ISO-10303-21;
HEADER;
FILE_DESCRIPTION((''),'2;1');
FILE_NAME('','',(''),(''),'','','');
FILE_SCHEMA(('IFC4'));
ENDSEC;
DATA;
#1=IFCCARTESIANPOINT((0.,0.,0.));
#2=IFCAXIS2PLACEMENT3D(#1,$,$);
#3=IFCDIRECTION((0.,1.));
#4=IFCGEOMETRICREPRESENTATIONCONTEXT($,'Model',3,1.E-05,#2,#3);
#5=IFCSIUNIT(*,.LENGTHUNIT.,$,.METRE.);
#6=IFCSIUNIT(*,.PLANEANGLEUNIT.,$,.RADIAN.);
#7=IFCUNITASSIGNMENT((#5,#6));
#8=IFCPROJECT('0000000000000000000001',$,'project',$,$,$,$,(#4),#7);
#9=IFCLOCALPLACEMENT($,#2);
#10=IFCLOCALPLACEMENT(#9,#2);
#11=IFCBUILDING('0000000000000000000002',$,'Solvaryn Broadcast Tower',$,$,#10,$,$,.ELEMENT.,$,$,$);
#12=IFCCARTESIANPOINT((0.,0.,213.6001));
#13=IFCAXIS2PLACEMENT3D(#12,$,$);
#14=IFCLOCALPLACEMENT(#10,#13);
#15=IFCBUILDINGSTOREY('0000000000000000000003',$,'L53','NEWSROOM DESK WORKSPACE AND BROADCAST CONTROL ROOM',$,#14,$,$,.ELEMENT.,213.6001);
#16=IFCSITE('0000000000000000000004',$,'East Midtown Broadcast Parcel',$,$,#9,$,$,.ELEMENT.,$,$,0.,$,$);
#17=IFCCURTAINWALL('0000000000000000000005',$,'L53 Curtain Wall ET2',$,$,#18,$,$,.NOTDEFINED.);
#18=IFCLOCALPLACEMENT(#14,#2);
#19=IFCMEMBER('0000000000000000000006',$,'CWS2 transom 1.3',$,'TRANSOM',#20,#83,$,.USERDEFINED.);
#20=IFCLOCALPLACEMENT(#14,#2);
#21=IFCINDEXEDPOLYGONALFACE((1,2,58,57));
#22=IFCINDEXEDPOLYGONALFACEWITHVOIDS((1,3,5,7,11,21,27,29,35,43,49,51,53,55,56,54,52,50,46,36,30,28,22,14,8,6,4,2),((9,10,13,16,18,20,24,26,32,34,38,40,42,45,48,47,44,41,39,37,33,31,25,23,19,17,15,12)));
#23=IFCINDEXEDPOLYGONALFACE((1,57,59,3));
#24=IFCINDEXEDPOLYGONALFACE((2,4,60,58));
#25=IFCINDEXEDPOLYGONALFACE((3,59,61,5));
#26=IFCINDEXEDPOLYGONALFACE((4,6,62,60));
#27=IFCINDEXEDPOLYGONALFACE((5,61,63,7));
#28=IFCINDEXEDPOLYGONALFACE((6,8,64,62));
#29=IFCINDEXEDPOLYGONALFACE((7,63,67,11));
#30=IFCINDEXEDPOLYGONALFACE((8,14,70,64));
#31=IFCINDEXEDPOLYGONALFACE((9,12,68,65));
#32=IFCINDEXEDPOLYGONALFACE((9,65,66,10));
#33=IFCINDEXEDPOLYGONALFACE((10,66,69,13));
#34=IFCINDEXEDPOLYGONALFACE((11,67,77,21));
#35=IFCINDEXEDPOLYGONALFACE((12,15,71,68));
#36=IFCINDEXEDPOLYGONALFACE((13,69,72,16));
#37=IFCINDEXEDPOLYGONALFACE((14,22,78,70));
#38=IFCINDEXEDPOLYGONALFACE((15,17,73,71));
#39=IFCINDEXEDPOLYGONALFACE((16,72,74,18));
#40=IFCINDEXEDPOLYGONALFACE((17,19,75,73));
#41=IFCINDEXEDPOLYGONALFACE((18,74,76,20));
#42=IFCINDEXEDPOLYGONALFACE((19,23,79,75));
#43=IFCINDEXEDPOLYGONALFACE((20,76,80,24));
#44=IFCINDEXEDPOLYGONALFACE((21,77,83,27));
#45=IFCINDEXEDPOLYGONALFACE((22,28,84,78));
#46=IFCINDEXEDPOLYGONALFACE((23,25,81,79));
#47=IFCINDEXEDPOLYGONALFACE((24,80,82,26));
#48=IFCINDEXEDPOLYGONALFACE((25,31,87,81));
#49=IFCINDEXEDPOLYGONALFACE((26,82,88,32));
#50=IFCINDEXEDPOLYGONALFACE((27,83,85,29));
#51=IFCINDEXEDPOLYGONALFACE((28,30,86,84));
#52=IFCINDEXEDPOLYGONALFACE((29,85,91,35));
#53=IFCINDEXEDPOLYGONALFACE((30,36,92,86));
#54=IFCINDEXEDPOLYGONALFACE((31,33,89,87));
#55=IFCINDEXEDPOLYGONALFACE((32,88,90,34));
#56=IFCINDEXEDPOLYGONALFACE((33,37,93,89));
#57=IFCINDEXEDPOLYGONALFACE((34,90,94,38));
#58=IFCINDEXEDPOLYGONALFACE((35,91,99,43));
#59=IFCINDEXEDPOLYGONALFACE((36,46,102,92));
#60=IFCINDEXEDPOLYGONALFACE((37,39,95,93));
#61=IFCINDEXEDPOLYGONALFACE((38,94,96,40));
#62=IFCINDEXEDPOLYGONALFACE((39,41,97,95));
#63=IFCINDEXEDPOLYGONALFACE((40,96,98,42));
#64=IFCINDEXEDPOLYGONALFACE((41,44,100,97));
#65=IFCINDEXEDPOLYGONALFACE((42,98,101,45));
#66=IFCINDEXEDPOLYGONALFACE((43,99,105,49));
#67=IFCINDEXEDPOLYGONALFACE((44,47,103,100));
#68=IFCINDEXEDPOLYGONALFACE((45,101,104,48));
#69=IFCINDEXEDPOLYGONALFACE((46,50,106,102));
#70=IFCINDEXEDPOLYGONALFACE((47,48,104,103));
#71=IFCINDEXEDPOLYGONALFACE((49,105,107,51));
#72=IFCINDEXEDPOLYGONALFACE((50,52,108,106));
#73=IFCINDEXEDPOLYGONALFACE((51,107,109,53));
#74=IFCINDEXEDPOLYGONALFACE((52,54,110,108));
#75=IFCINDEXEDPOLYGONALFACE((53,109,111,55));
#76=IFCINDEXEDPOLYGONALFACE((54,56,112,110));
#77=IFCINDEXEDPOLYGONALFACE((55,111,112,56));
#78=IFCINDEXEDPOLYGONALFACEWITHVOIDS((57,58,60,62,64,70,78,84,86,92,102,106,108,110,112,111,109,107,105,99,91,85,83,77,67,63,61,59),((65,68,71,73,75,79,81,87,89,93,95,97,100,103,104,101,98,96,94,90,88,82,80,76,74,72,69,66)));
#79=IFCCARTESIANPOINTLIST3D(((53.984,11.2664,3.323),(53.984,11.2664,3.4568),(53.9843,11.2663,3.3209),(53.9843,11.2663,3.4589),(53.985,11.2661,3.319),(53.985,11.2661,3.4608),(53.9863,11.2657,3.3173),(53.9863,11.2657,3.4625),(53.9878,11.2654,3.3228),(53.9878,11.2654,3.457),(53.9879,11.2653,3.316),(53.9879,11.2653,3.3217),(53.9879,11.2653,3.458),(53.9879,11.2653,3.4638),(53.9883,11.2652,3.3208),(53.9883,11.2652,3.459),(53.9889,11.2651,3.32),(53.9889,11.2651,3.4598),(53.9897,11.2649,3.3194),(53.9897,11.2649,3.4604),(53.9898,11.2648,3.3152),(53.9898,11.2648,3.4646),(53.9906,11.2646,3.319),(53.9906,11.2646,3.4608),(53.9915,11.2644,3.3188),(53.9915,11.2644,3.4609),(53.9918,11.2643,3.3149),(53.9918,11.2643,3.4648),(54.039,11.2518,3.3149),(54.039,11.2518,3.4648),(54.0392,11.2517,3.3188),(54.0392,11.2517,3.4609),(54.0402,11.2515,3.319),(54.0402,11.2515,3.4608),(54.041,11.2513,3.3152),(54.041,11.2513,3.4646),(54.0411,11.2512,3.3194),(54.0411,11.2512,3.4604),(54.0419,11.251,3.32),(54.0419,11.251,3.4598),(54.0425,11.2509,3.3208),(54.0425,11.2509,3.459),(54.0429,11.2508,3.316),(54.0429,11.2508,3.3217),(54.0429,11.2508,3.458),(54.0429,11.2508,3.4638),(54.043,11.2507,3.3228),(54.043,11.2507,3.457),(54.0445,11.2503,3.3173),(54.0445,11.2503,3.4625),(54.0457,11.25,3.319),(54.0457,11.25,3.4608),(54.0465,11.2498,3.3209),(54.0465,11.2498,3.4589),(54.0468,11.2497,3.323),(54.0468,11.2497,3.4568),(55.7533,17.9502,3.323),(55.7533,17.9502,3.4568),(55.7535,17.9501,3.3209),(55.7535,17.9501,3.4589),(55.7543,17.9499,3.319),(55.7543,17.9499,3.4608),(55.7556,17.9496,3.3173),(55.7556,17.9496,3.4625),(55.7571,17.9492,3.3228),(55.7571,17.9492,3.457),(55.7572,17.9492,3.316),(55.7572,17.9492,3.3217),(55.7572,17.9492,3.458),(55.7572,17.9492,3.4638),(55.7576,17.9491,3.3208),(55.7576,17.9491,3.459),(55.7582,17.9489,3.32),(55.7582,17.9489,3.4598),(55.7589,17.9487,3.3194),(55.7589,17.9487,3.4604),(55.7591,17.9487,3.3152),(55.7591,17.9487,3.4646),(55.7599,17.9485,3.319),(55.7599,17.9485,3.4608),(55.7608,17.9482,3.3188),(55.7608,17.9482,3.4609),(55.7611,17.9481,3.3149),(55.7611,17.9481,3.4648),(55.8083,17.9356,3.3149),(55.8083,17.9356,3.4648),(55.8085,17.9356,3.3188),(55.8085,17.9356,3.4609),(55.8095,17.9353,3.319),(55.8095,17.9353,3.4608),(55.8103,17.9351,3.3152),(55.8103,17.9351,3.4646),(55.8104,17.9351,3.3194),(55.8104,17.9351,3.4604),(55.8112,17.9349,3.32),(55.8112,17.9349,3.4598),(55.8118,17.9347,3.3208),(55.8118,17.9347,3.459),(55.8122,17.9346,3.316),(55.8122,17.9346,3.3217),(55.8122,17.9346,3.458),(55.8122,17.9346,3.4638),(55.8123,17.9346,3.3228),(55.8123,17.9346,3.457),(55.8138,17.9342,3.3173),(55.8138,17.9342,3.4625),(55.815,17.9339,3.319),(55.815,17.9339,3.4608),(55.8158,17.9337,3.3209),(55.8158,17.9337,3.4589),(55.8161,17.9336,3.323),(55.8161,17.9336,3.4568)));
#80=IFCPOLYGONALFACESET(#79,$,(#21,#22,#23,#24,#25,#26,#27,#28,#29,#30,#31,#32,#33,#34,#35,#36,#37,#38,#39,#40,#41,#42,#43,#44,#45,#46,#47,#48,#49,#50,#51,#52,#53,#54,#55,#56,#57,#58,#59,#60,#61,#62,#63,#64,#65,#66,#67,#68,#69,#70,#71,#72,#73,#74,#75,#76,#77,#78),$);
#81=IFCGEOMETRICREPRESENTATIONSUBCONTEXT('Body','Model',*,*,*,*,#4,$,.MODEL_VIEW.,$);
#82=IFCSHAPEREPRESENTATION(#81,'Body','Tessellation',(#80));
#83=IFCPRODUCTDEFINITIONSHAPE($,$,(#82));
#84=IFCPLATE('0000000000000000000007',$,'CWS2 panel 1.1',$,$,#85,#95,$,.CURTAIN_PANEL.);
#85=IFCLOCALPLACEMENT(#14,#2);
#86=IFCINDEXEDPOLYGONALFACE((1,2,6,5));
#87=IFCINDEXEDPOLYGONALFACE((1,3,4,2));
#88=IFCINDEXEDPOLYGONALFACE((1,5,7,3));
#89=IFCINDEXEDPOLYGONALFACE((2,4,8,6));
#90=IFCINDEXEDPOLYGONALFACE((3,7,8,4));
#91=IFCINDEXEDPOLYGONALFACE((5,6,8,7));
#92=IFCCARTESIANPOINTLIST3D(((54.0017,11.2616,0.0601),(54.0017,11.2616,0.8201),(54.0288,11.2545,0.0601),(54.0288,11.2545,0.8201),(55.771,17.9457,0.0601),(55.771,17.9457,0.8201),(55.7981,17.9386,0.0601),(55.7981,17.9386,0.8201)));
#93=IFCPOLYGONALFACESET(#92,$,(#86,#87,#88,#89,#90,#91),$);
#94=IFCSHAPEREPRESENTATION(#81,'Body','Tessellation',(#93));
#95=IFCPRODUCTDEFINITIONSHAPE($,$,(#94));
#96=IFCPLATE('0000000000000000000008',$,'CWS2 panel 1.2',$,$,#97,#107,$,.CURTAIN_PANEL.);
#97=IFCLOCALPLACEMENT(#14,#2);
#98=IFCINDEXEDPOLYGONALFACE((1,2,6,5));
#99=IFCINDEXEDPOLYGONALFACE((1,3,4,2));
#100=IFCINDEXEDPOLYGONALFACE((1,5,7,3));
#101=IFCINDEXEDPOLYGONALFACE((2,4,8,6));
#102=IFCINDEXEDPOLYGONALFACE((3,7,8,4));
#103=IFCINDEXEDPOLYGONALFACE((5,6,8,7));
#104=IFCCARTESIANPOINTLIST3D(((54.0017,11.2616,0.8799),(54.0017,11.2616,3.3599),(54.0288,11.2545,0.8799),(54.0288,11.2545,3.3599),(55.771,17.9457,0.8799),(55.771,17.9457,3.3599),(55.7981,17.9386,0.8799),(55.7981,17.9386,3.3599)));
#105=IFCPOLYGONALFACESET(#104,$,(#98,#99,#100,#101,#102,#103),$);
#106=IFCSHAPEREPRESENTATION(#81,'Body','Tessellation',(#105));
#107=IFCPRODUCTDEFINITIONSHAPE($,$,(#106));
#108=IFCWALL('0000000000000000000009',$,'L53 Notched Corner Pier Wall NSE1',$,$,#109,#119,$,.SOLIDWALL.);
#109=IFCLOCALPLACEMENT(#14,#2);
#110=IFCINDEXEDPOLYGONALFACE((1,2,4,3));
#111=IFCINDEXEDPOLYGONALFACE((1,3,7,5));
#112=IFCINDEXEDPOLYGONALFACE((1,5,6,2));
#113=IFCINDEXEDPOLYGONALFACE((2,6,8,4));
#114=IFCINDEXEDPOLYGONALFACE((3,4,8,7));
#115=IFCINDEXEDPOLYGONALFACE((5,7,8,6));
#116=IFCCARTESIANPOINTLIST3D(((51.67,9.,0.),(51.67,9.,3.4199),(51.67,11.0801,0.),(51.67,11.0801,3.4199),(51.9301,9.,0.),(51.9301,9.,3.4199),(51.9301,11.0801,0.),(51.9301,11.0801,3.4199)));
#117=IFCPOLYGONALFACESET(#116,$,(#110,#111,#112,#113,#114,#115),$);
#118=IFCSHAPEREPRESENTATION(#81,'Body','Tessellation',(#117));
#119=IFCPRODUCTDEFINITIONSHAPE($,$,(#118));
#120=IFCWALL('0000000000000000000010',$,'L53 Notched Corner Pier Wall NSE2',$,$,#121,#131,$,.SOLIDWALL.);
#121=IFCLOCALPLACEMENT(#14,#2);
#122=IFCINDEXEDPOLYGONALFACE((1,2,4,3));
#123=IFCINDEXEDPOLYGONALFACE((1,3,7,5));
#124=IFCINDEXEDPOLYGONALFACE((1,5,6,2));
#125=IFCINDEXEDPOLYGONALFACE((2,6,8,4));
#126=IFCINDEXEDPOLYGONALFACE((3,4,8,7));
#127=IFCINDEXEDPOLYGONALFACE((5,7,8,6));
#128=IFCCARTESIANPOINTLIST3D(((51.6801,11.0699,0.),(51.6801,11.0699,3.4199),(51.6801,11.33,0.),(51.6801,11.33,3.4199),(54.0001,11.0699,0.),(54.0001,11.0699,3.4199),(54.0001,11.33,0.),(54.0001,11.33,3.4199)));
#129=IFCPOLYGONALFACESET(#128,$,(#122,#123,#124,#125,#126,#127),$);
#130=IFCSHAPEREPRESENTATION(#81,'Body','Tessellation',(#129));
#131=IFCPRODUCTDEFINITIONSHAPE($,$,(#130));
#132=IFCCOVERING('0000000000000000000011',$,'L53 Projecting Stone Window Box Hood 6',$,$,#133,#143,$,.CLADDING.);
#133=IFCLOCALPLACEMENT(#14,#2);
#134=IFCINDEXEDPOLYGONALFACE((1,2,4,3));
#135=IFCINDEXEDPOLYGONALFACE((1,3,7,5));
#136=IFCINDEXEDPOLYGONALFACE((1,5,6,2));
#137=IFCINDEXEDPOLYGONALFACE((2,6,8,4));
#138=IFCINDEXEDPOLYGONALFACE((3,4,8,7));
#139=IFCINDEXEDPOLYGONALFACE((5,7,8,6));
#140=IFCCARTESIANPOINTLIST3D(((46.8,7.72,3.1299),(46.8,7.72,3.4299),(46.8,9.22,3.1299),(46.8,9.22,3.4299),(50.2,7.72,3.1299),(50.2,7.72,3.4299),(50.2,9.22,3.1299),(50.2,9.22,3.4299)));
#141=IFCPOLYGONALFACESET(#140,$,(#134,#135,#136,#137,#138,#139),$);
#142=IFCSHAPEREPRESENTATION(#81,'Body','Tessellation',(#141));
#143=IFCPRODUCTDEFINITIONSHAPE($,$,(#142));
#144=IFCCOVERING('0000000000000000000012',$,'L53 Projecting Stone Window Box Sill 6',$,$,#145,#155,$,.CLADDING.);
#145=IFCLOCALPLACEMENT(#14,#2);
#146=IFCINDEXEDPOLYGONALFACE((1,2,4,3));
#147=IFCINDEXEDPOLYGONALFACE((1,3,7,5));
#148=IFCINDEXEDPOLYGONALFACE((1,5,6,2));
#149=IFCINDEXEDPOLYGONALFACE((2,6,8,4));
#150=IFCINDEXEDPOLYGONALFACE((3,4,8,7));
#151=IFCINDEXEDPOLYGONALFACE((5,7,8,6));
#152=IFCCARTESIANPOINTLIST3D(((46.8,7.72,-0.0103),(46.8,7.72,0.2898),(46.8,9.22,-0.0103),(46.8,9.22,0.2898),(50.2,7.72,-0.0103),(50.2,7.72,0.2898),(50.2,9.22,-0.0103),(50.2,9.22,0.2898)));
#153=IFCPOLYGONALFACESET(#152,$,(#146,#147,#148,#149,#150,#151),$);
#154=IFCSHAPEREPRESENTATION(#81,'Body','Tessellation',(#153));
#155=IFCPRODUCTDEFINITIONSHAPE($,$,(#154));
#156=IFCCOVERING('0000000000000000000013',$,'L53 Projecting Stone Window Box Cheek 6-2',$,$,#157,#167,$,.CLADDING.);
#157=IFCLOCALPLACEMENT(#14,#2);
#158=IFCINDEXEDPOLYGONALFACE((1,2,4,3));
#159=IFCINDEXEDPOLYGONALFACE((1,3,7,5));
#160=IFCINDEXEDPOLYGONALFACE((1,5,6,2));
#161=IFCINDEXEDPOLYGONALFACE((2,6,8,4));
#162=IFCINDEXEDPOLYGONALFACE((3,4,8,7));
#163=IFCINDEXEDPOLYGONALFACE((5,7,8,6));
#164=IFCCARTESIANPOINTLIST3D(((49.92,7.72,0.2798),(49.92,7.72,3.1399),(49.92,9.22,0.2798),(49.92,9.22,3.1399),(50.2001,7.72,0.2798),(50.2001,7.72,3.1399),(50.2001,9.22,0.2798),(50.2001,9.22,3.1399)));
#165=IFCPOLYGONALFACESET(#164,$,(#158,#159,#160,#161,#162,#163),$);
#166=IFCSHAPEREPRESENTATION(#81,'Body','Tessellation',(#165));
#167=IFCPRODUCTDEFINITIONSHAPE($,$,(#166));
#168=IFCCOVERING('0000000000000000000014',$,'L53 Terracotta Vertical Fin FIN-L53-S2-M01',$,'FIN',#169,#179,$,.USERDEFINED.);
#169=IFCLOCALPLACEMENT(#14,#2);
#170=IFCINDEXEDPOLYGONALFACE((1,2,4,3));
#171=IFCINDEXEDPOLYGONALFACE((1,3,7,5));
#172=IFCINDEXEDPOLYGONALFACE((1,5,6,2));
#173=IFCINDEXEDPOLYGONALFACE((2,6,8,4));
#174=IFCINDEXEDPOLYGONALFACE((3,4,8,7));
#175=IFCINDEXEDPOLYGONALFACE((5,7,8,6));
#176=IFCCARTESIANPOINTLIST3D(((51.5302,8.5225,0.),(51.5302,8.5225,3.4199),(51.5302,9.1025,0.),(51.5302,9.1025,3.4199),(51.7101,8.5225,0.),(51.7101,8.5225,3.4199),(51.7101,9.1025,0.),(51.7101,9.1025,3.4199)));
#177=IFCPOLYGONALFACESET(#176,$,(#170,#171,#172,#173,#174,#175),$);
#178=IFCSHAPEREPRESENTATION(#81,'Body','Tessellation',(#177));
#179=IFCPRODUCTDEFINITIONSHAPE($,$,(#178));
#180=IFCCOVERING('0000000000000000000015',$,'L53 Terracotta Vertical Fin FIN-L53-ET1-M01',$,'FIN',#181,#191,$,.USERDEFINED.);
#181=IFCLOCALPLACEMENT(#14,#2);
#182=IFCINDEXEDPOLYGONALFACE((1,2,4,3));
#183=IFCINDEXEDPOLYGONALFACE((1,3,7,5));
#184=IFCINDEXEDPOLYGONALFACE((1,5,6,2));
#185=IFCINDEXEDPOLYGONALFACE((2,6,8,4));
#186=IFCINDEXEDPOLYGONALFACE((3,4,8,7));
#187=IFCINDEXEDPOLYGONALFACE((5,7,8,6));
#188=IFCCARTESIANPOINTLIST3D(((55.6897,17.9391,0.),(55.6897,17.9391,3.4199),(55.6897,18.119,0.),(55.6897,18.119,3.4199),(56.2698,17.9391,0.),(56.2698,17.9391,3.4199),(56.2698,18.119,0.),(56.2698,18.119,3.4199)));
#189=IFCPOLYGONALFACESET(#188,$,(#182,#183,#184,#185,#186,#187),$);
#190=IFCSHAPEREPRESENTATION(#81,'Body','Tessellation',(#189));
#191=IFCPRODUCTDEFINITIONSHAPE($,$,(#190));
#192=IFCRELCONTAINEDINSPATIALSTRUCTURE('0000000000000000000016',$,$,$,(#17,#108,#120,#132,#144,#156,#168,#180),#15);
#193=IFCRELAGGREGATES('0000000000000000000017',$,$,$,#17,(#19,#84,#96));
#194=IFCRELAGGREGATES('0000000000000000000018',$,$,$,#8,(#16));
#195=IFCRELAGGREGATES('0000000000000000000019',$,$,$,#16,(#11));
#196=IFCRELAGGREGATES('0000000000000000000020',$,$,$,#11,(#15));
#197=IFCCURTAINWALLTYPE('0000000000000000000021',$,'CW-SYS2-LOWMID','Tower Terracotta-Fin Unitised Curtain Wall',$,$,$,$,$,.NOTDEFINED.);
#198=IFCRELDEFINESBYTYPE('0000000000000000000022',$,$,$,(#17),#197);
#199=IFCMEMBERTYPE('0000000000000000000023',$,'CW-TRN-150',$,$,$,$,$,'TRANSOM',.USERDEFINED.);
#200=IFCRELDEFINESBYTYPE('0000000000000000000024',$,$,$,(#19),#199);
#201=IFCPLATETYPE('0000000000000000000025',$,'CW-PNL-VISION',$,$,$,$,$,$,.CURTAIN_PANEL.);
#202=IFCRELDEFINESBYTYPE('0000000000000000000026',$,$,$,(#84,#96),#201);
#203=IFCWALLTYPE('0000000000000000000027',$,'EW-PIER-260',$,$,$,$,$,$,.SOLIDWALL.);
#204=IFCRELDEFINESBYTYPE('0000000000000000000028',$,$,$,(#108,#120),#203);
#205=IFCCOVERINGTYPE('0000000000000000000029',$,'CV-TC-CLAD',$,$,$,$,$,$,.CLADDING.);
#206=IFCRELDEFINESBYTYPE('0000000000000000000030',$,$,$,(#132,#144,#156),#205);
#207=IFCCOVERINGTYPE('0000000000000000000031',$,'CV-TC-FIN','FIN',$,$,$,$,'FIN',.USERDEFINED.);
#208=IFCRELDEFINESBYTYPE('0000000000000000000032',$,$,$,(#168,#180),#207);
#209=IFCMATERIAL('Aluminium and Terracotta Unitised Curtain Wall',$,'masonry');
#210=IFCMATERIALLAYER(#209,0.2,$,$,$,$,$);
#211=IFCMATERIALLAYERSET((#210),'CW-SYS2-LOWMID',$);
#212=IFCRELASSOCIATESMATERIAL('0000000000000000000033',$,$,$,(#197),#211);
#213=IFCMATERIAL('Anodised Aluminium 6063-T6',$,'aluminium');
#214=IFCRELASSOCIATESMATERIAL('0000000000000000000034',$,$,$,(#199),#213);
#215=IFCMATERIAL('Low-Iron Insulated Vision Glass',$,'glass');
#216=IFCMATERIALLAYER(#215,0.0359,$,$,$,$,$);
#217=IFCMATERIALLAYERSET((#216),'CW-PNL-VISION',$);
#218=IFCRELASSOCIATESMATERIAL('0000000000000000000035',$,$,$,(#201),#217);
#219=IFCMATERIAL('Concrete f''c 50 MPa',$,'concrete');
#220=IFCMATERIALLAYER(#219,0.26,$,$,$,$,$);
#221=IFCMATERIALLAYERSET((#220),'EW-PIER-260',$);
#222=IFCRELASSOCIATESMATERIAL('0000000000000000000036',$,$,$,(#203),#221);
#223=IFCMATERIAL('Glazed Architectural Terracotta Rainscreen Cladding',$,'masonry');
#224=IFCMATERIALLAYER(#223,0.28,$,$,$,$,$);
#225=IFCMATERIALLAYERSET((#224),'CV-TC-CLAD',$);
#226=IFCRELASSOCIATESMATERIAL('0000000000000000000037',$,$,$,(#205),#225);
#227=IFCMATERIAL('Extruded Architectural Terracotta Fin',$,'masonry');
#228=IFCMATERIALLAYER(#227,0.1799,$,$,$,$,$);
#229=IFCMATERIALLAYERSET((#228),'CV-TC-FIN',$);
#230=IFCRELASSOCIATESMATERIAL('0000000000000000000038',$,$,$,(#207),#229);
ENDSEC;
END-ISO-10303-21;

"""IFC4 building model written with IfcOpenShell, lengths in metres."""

from ifc_helpers import new_model, si_unit, direction, frame, frame_2d, origin, origin_2d, place, context, subcontext, project, spatial, rectangle, hollow_rectangle, extrude, material, layer, layer_set, material_profile, profile_set, type_object, element, aggregate, save


model = new_model("IFC4")

# Units and contexts
model_context = context("Model", 3, precision=1e-05, world=origin(), true_north=direction((0.0, 1.0)))
body_context = subcontext(model_context, "Body", "Model", "MODEL_VIEW")
ifc_project = project(units=[si_unit("LENGTHUNIT", "METRE"), si_unit("PLANEANGLEUNIT", "RADIAN")], contexts=[model_context])

# Site, building, storey
site_placement = place(None, origin())
site = spatial("IfcSite", under=ifc_project, at=site_placement, Name="East Midtown Broadcast Parcel", CompositionType="ELEMENT", RefElevation=0.0)
building_placement = place(site_placement, origin())
building = spatial("IfcBuilding", under=site, at=building_placement, Name="Solvaryn Broadcast Tower", CompositionType="ELEMENT")
storey_placement = place(building_placement, frame((0.0, 0.0, 213.6001)))
storey = spatial("IfcBuildingStorey", under=building, at=storey_placement, Name="L53", Description="NEWSROOM DESK WORKSPACE AND BROADCAST CONTROL ROOM", CompositionType="ELEMENT", Elevation=213.6001)

# Shared definitions
ifc_material_1 = material(Name="Aluminium and Terracotta Unitised Curtain Wall", Category="masonry")
ifc_layer_1 = layer(ifc_material_1, 0.2)
ifc_layer_set_1 = layer_set([ifc_layer_1], Name="CW-SYS2-LOWMID")
curtain_wall_type = type_object("IfcCurtainWallType", Name="CW-SYS2-LOWMID", Description="Tower Terracotta-Fin Unitised Curtain Wall", PredefinedType="NOTDEFINED", material=ifc_layer_set_1)

# Curtain wall, member, plates
curtain_wall_1_placement = place(storey_placement, origin())
curtain_wall_1 = element("IfcCurtainWall", 1, at=curtain_wall_1_placement, inside=storey, type_object=curtain_wall_type, Name="L53 Curtain Wall ET2", PredefinedType="NOTDEFINED")
ifc_material_2 = material(Name="Anodised Aluminium 6063-T6", Category="aluminium")
ifc_material_profile_1 = material_profile(ifc_material_2, hollow_rectangle(XDim=0.0649, YDim=0.1499, WallThickness=0.0039, InnerFilletRadius=0.0039, OuterFilletRadius=0.0081, at=origin_2d()))
ifc_profile_set_1 = profile_set([ifc_material_profile_1], Name="Anodised Aluminium 6063-T6")
member_type_1 = type_object("IfcMemberType", Name="CW-TRN-150", ElementType="TRANSOM", PredefinedType="USERDEFINED", material=ifc_profile_set_1)
member_1_placement = place(storey_placement, frame((55.7847, 17.9419, 3.3899), z_axis=(-0.255897, -0.966704, 0.0), x_axis=(0.966704, -0.255897, 0.0)))
member_1 = element("IfcMember", 2, at=member_1_placement, type_object=member_type_1, Name="CWS2 transom 1.3", ObjectType="TRANSOM", PredefinedType="USERDEFINED", context=body_context, shape_type="SweptSolid", body=[
    extrude(hollow_rectangle(XDim=0.0649, YDim=0.1499, WallThickness=0.0039, InnerFilletRadius=0.0039, OuterFilletRadius=0.0081, at=origin_2d()), origin(), (0.0, 0.0, 1.0), 6.9141),
])
ifc_material_3 = material(Name="Low-Iron Insulated Vision Glass", Category="glass")
ifc_layer_2 = layer(ifc_material_3, 0.0359)
ifc_layer_set_2 = layer_set([ifc_layer_2], Name="CW-PNL-VISION")
plate_type = type_object("IfcPlateType", Name="CW-PNL-VISION", PredefinedType="CURTAIN_PANEL", material=ifc_layer_set_2)
plate_1_placement = place(storey_placement, frame((54.8999, 14.6001, 0.0601), z_axis=(0.0, 0.0, 1.0), x_axis=(-0.255893, -0.966705, 0.0)))
plate_1 = element("IfcPlate", 3, at=plate_1_placement, type_object=plate_type, Name="CWS2 panel 1.1", PredefinedType="CURTAIN_PANEL", context=body_context, shape_type="SweptSolid", body=[
    extrude(rectangle(XDim=6.9143, YDim=0.0281, at=origin_2d()), origin(), (0.0, 0.0, 1.0), 0.76),
])
plate_2_placement = place(storey_placement, frame((54.8999, 14.6001, 0.8799), z_axis=(0.0, 0.0, 1.0), x_axis=(-0.255893, -0.966705, 0.0)))
plate_2 = element("IfcPlate", 4, at=plate_2_placement, type_object=plate_type, Name="CWS2 panel 1.2", PredefinedType="CURTAIN_PANEL", context=body_context, shape_type="SweptSolid", body=[
    extrude(rectangle(XDim=6.9143, YDim=0.0281, at=origin_2d()), origin(), (0.0, 0.0, 1.0), 2.48),
])
aggregate(curtain_wall_1, [member_1, plate_1, plate_2])

# Walls
ifc_material_4 = material(Name="Concrete f'c 50 MPa", Category="concrete")
ifc_layer_3 = layer(ifc_material_4, 0.26)
ifc_layer_set_3 = layer_set([ifc_layer_3], Name="EW-PIER-260")
wall_type = type_object("IfcWallType", Name="EW-PIER-260", PredefinedType="SOLIDWALL", material=ifc_layer_set_3)
wall_1_placement = place(storey_placement, frame((51.8, 9.0, 0.0), z_axis=(0.0, 0.0, 1.0), x_axis=(0.0, 1.0, 0.0)))
element("IfcWall", 5, at=wall_1_placement, inside=storey, type_object=wall_type, Name="L53 Notched Corner Pier Wall NSE1", PredefinedType="SOLIDWALL", context=body_context, shape_type="SweptSolid", body=[
    extrude(rectangle(XDim=2.0801, YDim=0.26, at=frame_2d((1.04, 0.0))), origin(), (0.0, 0.0, 1.0), 3.4199),
])
wall_2_placement = place(storey_placement, frame((51.6799, 11.2, 0.0), z_axis=(0.0, 0.0, 1.0), x_axis=(1.0, 0.0, 0.0)))
element("IfcWall", 6, at=wall_2_placement, inside=storey, type_object=wall_type, Name="L53 Notched Corner Pier Wall NSE2", PredefinedType="SOLIDWALL", context=body_context, shape_type="SweptSolid", body=[
    extrude(rectangle(XDim=2.3201, YDim=0.26, at=frame_2d((1.1602, 0.0))), origin(), (0.0, 0.0, 1.0), 3.4199),
])

# Coverings
ifc_material_5 = material(Name="Glazed Architectural Terracotta Rainscreen Cladding", Category="masonry")
ifc_layer_4 = layer(ifc_material_5, 0.28)
ifc_layer_set_4 = layer_set([ifc_layer_4], Name="CV-TC-CLAD")
covering_type_1 = type_object("IfcCoveringType", Name="CV-TC-CLAD", PredefinedType="CLADDING", material=ifc_layer_set_4)
for number, where, z_axis, x_axis, name in (
    (7, (48.5, 8.47, 3.1299), (0.0, 0.0, 1.0), (1.0, 0.0, 0.0), "L53 Projecting Stone Window Box Hood 6"),
    (8, (48.5, 8.47, -0.0103), (0.0, 0.0, 1.0), (1.0, 0.0, 0.0), "L53 Projecting Stone Window Box Sill 6"),
):
    element("IfcCovering", number, at=place(storey_placement, frame(where, z_axis=z_axis, x_axis=x_axis)), inside=storey, type_object=covering_type_1, Name=name, PredefinedType="CLADDING", context=body_context, shape_type="SweptSolid", body=[
        extrude(rectangle(XDim=3.3999, YDim=1.5, at=origin_2d()), origin(), (0.0, 0.0, 1.0), 0.3),
    ])
covering_1_placement = place(storey_placement, frame((50.0601, 8.47, 0.2798), z_axis=(0.0, 0.0, 1.0), x_axis=(1.0, 0.0, 0.0)))
element("IfcCovering", 9, at=covering_1_placement, inside=storey, type_object=covering_type_1, Name="L53 Projecting Stone Window Box Cheek 6-2", PredefinedType="CLADDING", context=body_context, shape_type="SweptSolid", body=[
    extrude(rectangle(XDim=0.28, YDim=1.5, at=origin_2d()), origin(), (0.0, 0.0, 1.0), 2.8601),
])
ifc_material_6 = material(Name="Extruded Architectural Terracotta Fin", Category="masonry")
ifc_layer_5 = layer(ifc_material_6, 0.1799)
ifc_layer_set_5 = layer_set([ifc_layer_5], Name="CV-TC-FIN")
covering_type_2 = type_object("IfcCoveringType", Name="CV-TC-FIN", Description="FIN", ElementType="FIN", PredefinedType="USERDEFINED", material=ifc_layer_set_5)
covering_2_placement = place(storey_placement, frame((51.6201, 8.8125, 0.0), z_axis=(0.0, 0.0, 1.0), x_axis=(1.0, 0.0, 0.0)))
element("IfcCovering", 10, at=covering_2_placement, inside=storey, type_object=covering_type_2, Name="L53 Terracotta Vertical Fin FIN-L53-S2-M01", ObjectType="FIN", PredefinedType="USERDEFINED", context=body_context, shape_type="SweptSolid", body=[
    extrude(rectangle(XDim=0.1799, YDim=0.5801, at=origin_2d()), origin(), (0.0, 0.0, 1.0), 3.4199),
])
for number, where, z_axis, x_axis, name in (
    (11, (55.9797, 18.0291, 0.0), (0.0, 0.0, 1.0), (1.0, 0.0, 0.0), "L53 Terracotta Vertical Fin FIN-L53-ET1-M01"),
):
    element("IfcCovering", number, at=place(storey_placement, frame(where, z_axis=z_axis, x_axis=x_axis)), inside=storey, type_object=covering_type_2, Name=name, ObjectType="FIN", PredefinedType="USERDEFINED", context=body_context, shape_type="SweptSolid", body=[
        extrude(rectangle(XDim=0.5801, YDim=0.1799, at=origin_2d()), origin(), (0.0, 0.0, 1.0), 3.4199),
    ])

save(model, "model.ifc")
